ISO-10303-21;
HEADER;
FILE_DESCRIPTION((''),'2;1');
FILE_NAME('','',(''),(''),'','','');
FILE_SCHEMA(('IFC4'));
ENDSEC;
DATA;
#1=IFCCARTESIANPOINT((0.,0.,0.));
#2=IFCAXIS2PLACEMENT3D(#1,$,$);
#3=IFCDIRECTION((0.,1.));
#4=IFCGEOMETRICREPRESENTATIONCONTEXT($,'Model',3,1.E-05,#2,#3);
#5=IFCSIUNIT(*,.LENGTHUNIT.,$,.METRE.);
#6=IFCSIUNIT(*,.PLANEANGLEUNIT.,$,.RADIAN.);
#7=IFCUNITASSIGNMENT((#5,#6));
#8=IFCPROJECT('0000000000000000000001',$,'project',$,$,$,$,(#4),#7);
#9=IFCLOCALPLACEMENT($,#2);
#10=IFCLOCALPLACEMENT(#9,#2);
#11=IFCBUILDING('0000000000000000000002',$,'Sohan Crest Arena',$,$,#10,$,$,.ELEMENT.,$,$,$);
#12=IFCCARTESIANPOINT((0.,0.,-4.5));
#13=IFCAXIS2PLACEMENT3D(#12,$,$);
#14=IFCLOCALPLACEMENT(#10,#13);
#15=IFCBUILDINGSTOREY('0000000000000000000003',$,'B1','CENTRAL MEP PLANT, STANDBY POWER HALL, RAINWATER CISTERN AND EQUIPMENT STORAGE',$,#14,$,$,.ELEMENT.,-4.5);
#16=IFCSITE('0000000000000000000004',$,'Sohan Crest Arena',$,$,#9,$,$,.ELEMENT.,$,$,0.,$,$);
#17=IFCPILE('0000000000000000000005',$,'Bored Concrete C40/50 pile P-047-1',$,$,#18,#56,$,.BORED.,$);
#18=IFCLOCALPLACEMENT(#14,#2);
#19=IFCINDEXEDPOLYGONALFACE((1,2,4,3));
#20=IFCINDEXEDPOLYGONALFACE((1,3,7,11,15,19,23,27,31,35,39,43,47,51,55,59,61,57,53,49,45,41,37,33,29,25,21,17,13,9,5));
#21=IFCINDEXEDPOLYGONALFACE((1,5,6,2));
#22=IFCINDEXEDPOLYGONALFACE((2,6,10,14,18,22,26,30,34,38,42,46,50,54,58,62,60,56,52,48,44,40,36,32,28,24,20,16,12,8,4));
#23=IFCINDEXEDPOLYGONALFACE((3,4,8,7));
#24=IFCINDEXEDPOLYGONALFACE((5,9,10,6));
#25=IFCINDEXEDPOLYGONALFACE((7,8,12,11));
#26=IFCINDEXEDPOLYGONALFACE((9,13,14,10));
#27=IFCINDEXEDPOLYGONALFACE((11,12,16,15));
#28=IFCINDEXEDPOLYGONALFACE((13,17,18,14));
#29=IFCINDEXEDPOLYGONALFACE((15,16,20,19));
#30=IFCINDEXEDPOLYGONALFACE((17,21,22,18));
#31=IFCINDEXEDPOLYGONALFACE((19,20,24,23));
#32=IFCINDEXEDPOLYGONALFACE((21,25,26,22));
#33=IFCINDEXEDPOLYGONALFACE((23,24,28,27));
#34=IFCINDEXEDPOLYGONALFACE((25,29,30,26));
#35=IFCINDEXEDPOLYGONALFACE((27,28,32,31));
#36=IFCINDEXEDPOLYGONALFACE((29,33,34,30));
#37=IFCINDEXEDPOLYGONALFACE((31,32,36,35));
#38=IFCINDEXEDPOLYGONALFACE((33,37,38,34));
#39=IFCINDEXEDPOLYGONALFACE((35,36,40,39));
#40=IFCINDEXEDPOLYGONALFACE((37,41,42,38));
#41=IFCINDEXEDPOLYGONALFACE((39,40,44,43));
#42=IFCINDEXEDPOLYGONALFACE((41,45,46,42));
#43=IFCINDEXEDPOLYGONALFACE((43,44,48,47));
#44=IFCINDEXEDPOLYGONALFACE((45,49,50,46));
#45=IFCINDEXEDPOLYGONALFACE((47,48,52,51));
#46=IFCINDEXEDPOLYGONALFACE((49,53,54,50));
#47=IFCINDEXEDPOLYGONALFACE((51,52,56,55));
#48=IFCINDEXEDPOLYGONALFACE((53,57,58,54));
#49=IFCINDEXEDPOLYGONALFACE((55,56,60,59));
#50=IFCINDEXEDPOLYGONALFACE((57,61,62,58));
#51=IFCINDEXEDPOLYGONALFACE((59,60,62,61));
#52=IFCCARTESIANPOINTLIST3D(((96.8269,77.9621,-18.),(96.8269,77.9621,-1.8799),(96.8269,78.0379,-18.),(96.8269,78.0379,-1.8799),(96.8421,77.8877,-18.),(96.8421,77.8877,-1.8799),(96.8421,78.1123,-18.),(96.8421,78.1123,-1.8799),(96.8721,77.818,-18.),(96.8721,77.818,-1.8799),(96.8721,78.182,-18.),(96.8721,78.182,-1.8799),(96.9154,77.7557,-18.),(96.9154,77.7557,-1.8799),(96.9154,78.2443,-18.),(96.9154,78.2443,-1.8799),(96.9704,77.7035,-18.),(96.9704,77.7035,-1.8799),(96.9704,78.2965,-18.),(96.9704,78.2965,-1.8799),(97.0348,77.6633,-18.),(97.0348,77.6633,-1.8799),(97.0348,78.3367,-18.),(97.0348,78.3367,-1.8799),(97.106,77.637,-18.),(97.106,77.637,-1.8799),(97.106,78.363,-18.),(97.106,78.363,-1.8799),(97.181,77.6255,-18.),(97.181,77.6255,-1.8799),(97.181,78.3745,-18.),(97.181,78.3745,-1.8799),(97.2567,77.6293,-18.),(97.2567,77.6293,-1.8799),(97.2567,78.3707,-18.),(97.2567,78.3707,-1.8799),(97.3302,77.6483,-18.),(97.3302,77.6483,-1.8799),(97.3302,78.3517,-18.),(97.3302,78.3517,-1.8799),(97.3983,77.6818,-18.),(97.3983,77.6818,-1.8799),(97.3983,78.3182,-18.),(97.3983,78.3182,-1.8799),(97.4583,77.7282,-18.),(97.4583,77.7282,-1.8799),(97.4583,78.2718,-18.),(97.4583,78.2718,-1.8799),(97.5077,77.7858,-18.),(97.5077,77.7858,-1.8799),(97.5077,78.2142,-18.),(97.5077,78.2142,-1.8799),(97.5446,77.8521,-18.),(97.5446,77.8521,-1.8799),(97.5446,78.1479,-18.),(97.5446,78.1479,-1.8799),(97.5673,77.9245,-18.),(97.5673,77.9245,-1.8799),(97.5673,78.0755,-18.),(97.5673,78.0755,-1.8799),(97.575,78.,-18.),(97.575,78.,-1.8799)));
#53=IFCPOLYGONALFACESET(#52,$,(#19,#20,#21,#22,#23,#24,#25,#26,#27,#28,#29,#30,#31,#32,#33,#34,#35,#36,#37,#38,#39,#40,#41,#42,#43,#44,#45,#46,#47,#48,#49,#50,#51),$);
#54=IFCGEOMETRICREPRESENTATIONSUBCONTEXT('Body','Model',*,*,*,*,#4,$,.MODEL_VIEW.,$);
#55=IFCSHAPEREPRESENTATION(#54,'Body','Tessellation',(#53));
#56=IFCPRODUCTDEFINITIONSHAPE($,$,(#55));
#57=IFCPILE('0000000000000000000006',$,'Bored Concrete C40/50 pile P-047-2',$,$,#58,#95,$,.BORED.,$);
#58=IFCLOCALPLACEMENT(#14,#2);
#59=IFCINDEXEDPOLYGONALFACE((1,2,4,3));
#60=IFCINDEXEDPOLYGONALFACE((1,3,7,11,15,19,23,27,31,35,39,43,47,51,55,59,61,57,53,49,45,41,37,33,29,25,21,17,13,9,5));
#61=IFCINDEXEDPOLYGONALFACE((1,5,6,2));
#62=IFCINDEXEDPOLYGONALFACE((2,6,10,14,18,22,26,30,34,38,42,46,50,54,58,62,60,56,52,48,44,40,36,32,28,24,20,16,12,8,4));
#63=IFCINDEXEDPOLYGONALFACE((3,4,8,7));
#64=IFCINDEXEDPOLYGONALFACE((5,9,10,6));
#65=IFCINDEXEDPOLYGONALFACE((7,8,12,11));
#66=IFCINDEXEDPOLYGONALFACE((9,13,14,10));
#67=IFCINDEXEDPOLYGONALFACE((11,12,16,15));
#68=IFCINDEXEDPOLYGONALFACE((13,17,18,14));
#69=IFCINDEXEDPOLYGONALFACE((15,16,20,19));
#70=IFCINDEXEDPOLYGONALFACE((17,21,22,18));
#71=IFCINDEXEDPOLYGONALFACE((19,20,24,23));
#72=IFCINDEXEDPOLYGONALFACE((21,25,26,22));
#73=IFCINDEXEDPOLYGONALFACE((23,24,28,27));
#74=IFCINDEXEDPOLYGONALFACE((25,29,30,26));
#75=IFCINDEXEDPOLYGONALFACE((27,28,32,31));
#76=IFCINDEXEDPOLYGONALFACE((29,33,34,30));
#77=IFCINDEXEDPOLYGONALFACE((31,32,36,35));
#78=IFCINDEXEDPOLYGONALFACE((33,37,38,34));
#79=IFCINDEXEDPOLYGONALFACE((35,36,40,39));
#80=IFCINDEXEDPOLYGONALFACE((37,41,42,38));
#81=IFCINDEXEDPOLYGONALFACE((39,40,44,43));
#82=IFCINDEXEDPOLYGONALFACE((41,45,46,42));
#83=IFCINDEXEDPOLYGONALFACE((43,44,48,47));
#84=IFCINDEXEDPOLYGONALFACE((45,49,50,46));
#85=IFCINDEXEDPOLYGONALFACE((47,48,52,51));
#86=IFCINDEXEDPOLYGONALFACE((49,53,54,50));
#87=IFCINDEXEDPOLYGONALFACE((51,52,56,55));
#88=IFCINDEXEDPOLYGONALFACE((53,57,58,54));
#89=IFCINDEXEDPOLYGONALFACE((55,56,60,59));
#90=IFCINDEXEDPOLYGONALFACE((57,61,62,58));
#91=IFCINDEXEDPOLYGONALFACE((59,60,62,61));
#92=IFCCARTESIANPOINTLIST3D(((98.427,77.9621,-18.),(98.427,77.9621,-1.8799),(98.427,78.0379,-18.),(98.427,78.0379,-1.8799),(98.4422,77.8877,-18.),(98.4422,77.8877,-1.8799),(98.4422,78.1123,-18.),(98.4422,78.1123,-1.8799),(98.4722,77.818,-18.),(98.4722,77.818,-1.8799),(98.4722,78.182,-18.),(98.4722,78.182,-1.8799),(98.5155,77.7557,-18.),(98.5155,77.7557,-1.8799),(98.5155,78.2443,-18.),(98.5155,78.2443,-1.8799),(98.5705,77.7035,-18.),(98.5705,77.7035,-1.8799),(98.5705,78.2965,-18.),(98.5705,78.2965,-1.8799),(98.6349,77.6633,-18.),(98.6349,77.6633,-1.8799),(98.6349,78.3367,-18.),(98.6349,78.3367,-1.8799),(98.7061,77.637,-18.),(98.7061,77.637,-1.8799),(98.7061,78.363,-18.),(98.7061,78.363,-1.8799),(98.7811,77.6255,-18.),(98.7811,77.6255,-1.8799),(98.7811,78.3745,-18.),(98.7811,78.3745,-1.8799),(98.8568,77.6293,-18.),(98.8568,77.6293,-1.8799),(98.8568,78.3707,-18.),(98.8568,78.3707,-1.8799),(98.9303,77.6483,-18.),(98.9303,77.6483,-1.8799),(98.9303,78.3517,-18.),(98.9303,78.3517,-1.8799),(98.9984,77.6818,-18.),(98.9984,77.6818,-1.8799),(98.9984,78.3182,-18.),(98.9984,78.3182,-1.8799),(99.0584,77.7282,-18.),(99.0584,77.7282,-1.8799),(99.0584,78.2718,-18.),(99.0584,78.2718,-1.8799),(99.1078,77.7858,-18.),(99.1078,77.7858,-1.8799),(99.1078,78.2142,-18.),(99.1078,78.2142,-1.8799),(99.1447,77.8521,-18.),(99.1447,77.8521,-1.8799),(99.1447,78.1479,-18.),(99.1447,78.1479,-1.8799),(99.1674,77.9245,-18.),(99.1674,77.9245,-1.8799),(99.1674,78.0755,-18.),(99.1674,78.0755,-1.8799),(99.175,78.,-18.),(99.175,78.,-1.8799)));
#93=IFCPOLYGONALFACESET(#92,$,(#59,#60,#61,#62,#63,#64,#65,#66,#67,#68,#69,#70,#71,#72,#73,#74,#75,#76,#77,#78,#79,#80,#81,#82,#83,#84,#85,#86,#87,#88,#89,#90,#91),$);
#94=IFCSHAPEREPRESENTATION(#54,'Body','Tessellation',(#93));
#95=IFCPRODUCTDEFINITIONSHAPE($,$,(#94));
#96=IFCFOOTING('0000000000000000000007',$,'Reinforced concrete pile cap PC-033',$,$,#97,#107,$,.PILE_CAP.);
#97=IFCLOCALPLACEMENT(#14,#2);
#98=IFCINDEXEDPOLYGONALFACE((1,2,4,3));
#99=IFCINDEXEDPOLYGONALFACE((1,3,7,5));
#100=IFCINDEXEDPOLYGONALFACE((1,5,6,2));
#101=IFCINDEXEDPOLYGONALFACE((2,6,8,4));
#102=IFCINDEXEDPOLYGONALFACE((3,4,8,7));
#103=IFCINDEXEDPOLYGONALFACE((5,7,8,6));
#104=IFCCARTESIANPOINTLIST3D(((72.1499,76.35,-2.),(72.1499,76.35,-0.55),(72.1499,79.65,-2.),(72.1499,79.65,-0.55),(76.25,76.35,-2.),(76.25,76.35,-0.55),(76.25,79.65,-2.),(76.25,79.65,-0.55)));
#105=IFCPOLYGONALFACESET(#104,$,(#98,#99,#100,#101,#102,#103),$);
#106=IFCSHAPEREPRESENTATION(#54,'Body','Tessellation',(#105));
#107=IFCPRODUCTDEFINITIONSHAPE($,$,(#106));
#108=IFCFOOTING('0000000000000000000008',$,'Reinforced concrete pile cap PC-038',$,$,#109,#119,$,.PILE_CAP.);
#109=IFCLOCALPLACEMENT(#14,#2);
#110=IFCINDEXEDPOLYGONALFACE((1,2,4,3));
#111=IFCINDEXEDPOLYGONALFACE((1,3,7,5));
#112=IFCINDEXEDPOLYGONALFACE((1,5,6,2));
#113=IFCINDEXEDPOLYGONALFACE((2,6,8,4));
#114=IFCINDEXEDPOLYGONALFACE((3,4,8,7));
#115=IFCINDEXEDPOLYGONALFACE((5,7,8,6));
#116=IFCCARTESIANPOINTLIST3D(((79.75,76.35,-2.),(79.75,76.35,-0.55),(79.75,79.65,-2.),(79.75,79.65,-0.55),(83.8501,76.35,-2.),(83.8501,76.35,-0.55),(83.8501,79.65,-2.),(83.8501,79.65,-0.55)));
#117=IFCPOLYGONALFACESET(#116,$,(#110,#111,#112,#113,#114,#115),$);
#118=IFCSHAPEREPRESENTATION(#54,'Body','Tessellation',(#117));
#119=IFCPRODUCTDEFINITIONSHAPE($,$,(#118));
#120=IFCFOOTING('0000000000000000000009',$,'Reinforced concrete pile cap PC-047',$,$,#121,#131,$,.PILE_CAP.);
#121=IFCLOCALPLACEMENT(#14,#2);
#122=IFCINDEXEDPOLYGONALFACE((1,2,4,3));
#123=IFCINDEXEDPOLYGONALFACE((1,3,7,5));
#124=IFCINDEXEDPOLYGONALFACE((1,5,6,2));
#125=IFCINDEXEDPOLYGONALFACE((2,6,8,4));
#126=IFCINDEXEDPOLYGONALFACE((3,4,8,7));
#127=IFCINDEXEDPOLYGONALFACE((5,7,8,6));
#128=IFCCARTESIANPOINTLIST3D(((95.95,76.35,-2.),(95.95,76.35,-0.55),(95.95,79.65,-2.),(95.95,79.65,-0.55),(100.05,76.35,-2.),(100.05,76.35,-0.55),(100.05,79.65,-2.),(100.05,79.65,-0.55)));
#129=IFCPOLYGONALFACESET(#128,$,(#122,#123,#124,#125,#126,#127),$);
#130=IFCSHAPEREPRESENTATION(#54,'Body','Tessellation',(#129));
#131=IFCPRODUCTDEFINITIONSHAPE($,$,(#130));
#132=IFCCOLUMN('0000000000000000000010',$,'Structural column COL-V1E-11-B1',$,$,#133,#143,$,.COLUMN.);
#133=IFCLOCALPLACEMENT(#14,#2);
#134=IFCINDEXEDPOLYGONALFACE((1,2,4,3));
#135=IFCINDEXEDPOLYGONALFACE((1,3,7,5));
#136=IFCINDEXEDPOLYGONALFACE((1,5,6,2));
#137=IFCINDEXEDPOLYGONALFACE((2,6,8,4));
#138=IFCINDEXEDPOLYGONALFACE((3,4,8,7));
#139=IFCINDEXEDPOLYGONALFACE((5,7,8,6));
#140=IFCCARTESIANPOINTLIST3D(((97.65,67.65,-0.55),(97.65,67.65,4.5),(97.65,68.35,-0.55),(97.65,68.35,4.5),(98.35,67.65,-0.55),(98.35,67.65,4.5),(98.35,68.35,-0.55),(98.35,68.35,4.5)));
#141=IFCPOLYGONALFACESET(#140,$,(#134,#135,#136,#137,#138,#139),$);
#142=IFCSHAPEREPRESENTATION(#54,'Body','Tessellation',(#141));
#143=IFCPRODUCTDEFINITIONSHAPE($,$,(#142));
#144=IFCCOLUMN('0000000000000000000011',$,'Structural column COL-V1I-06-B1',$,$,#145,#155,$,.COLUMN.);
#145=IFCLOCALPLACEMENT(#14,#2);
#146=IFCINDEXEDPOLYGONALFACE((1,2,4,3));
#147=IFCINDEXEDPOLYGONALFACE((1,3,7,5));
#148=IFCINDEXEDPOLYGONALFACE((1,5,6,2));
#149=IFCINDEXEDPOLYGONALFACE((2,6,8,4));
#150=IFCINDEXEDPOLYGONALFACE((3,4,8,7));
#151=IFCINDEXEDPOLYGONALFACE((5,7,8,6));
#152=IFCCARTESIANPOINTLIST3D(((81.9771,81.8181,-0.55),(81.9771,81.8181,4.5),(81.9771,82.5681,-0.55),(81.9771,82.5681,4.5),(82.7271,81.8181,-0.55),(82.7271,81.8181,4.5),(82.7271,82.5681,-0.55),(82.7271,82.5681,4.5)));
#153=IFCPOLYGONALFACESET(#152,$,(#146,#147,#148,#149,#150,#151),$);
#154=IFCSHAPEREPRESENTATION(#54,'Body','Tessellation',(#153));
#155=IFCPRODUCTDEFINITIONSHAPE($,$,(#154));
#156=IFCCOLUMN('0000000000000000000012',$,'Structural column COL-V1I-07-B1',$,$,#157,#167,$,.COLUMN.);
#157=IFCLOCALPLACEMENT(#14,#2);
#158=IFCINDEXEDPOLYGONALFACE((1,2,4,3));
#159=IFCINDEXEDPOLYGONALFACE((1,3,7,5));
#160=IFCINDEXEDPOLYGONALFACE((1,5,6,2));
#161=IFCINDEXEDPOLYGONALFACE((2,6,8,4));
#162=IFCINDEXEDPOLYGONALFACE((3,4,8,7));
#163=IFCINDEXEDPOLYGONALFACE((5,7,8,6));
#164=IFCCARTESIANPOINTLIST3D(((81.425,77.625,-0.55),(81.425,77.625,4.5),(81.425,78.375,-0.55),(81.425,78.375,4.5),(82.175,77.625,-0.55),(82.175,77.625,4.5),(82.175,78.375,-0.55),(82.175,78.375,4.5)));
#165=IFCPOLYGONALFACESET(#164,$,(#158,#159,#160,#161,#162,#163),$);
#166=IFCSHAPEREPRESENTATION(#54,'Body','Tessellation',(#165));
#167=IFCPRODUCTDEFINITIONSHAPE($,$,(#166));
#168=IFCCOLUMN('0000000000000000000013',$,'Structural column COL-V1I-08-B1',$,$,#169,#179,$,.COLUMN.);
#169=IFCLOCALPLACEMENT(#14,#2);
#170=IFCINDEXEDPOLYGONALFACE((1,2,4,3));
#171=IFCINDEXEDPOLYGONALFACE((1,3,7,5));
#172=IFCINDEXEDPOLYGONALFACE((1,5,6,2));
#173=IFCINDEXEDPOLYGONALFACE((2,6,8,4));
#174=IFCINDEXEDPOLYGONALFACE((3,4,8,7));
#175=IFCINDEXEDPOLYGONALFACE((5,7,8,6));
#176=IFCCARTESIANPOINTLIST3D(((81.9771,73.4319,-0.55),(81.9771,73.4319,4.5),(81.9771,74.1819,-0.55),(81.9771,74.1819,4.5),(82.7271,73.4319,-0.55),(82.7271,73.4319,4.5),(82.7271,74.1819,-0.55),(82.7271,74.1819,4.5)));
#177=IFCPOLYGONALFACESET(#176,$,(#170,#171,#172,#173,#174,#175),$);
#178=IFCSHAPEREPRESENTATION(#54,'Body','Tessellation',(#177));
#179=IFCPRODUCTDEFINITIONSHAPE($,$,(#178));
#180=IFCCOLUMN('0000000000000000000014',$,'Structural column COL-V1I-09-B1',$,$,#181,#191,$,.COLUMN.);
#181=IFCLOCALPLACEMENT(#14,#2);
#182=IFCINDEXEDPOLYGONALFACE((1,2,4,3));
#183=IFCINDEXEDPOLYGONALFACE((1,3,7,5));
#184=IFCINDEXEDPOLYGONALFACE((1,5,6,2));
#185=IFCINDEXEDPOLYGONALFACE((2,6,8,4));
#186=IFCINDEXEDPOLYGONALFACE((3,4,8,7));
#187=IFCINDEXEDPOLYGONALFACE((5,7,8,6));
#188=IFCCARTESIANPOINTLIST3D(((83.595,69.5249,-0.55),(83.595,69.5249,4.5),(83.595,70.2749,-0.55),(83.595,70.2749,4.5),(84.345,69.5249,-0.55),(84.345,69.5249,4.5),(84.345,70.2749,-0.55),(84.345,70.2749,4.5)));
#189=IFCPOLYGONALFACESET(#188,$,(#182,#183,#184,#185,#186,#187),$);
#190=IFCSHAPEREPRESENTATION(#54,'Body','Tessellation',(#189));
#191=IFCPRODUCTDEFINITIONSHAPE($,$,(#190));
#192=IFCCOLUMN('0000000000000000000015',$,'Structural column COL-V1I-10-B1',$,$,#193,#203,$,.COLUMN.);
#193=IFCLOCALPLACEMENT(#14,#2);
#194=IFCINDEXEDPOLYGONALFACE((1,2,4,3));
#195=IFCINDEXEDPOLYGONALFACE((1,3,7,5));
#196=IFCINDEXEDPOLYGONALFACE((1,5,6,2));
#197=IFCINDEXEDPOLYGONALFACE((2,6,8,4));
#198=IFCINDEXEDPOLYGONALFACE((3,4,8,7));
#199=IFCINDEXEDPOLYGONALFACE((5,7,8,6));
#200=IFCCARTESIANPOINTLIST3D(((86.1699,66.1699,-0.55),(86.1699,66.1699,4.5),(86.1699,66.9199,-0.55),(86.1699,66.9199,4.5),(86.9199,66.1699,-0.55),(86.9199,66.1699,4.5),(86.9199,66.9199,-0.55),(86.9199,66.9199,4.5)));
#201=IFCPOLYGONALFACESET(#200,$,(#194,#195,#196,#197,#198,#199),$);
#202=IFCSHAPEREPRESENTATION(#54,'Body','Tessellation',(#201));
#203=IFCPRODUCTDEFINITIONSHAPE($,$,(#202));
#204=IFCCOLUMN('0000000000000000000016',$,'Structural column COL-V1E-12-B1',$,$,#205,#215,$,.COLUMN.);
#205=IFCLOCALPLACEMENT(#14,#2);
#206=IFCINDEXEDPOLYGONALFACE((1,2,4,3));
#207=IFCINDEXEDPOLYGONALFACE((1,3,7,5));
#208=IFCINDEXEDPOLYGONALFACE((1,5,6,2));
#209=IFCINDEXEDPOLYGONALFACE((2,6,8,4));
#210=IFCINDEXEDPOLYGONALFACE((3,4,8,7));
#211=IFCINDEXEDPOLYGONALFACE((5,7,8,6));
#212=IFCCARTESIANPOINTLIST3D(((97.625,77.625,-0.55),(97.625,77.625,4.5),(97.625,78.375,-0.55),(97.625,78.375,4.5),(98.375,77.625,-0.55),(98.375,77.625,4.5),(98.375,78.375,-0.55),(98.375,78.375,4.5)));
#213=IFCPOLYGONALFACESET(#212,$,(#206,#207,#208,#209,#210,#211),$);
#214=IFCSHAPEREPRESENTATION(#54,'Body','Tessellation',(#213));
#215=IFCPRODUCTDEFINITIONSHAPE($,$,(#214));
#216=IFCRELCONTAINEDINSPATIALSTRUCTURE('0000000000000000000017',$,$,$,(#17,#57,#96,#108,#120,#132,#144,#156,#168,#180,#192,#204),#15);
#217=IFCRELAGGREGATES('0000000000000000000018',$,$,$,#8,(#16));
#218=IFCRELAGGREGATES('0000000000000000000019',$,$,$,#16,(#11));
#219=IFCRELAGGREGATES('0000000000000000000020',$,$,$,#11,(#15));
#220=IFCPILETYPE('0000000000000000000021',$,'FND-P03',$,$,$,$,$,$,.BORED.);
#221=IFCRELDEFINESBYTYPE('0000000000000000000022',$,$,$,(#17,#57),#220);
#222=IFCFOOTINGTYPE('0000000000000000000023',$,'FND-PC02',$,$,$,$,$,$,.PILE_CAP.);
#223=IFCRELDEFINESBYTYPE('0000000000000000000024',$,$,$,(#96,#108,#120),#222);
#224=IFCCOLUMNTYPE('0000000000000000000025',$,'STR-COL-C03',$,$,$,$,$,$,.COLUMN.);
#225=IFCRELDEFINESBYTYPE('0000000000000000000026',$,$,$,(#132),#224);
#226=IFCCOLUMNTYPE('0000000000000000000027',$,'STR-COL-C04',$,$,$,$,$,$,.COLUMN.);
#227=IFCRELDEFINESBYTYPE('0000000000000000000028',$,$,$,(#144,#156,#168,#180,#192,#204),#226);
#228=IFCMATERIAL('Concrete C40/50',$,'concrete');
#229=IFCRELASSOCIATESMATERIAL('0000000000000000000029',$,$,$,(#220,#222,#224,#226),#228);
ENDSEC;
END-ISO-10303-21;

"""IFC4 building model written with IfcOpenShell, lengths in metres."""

from ifc_helpers import new_model, si_unit, direction, frame, origin, origin_2d, place, context, subcontext, project, spatial, rectangle, circle, extrude, material, material_profile, profile_set, type_object, element, save


model = new_model("IFC4")

# Units and contexts
model_context = context("Model", 3, precision=1e-05, world=origin(), true_north=direction((0.0, 1.0)))
body_context = subcontext(model_context, "Body", "Model", "MODEL_VIEW")
ifc_project = project(units=[si_unit("LENGTHUNIT", "METRE"), si_unit("PLANEANGLEUNIT", "RADIAN")], contexts=[model_context])

# Site, building, storey
site_placement = place(None, origin())
site = spatial("IfcSite", under=ifc_project, at=site_placement, Name="Sohan Crest Arena", CompositionType="ELEMENT", RefElevation=0.0)
building_placement = place(site_placement, origin())
building = spatial("IfcBuilding", under=site, at=building_placement, Name="Sohan Crest Arena", CompositionType="ELEMENT")
storey_placement = place(building_placement, frame((0.0, 0.0, -4.5)))
storey = spatial("IfcBuildingStorey", under=building, at=storey_placement, Name="B1", Description="CENTRAL MEP PLANT, STANDBY POWER HALL, RAINWATER CISTERN AND EQUIPMENT STORAGE", CompositionType="ELEMENT", Elevation=-4.5)

# Shared definitions
ifc_material = material(Name="Concrete C40/50", Category="concrete")

# Piles
ifc_material_profile_1 = material_profile(ifc_material, circle(Radius=0.375, at=origin_2d()), Name="PILE D750")
ifc_profile_set_1 = profile_set([ifc_material_profile_1], Name="Concrete C40/50")
pile_type = type_object("IfcPileType", Name="FND-P03", PredefinedType="BORED", material=ifc_profile_set_1)
for number, where, z_axis, x_axis, name in (
    (1, (97.2, 78.0, -18.0), (0.0, 0.0, 1.0), (1.0, 0.0, 0.0), "Bored Concrete C40/50 pile P-047-1"),
    (2, (98.8, 78.0, -18.0), (0.0, 0.0, 1.0), (1.0, 0.0, 0.0), "Bored Concrete C40/50 pile P-047-2"),
):
    element("IfcPile", number, at=place(storey_placement, frame(where, z_axis=z_axis, x_axis=x_axis)), inside=storey, type_object=pile_type, Name=name, PredefinedType="BORED", context=body_context, shape_type="SweptSolid", body=[
        extrude(circle(Radius=0.375, at=origin_2d()), origin(), (0.0, 0.0, 1.0), 16.1201),
    ])

# Footings
footing_type_1 = type_object("IfcFootingType", Name="FND-PC02", PredefinedType="PILE_CAP", material=ifc_material)
for number, where, z_axis, x_axis, name in (
    (3, (74.2, 78.0, -2.0), (0.0, 0.0, 1.0), (1.0, 0.0, 0.0), "Reinforced concrete pile cap PC-033"),
    (4, (81.8, 78.0, -2.0), (0.0, 0.0, 1.0), (1.0, 0.0, 0.0), "Reinforced concrete pile cap PC-038"),
    (5, (98.0, 78.0, -2.0), (0.0, 0.0, 1.0), (1.0, 0.0, 0.0), "Reinforced concrete pile cap PC-047"),
):
    element("IfcFooting", number, at=place(storey_placement, frame(where, z_axis=z_axis, x_axis=x_axis)), inside=storey, type_object=footing_type_1, Name=name, PredefinedType="PILE_CAP", context=body_context, shape_type="SweptSolid", body=[
        extrude(rectangle(XDim=4.1001, YDim=3.3, at=origin_2d()), origin(), (0.0, 0.0, 1.0), 1.45),
    ])

# Columns
ifc_material_profile_2 = material_profile(ifc_material, rectangle(XDim=0.7, YDim=0.7, at=origin_2d()), Name="RC 700x700")
ifc_profile_set_2 = profile_set([ifc_material_profile_2], Name="Concrete C40/50")
column_type_1 = type_object("IfcColumnType", Name="STR-COL-C03", PredefinedType="COLUMN", material=ifc_profile_set_2)
column_placement = place(storey_placement, frame((98.0, 68.0, -0.55), z_axis=(0.0, 0.0, 1.0), x_axis=(1.0, 0.0, 0.0)))
element("IfcColumn", 6, at=column_placement, inside=storey, type_object=column_type_1, Name="Structural column COL-V1E-11-B1", PredefinedType="COLUMN", context=body_context, shape_type="SweptSolid", body=[
    extrude(rectangle(XDim=0.7, YDim=0.7, at=origin_2d()), origin(), (0.0, 0.0, 1.0), 5.05),
])
ifc_material_profile_3 = material_profile(ifc_material, rectangle(XDim=0.75, YDim=0.75, at=origin_2d()), Name="RC 750x750")
ifc_profile_set_3 = profile_set([ifc_material_profile_3], Name="Concrete C40/50")
column_type_2 = type_object("IfcColumnType", Name="STR-COL-C04", PredefinedType="COLUMN", material=ifc_profile_set_3)
for number, where, z_axis, x_axis, name in (
    (7, (82.3521, 82.1931, -0.55), (0.0, 0.0, 1.0), (1.0, 0.0, 0.0), "Structural column COL-V1I-06-B1"),
    (8, (81.8, 78.0, -0.55), (0.0, 0.0, 1.0), (1.0, 0.0, 0.0), "Structural column COL-V1I-07-B1"),
    (9, (82.3521, 73.8069, -0.55), (0.0, 0.0, 1.0), (1.0, 0.0, 0.0), "Structural column COL-V1I-08-B1"),
    (10, (83.97, 69.8999, -0.55), (0.0, 0.0, 1.0), (1.0, 0.0, 0.0), "Structural column COL-V1I-09-B1"),
    (11, (86.5449, 66.5449, -0.55), (0.0, 0.0, 1.0), (1.0, 0.0, 0.0), "Structural column COL-V1I-10-B1"),
    (12, (98.0, 78.0, -0.55), (0.0, 0.0, 1.0), (1.0, 0.0, 0.0), "Structural column COL-V1E-12-B1"),
):
    element("IfcColumn", number, at=place(storey_placement, frame(where, z_axis=z_axis, x_axis=x_axis)), inside=storey, type_object=column_type_2, Name=name, PredefinedType="COLUMN", context=body_context, shape_type="SweptSolid", body=[
        extrude(rectangle(XDim=0.75, YDim=0.75, at=origin_2d()), origin(), (0.0, 0.0, 1.0), 5.05),
    ])

save(model, "model.ifc")
